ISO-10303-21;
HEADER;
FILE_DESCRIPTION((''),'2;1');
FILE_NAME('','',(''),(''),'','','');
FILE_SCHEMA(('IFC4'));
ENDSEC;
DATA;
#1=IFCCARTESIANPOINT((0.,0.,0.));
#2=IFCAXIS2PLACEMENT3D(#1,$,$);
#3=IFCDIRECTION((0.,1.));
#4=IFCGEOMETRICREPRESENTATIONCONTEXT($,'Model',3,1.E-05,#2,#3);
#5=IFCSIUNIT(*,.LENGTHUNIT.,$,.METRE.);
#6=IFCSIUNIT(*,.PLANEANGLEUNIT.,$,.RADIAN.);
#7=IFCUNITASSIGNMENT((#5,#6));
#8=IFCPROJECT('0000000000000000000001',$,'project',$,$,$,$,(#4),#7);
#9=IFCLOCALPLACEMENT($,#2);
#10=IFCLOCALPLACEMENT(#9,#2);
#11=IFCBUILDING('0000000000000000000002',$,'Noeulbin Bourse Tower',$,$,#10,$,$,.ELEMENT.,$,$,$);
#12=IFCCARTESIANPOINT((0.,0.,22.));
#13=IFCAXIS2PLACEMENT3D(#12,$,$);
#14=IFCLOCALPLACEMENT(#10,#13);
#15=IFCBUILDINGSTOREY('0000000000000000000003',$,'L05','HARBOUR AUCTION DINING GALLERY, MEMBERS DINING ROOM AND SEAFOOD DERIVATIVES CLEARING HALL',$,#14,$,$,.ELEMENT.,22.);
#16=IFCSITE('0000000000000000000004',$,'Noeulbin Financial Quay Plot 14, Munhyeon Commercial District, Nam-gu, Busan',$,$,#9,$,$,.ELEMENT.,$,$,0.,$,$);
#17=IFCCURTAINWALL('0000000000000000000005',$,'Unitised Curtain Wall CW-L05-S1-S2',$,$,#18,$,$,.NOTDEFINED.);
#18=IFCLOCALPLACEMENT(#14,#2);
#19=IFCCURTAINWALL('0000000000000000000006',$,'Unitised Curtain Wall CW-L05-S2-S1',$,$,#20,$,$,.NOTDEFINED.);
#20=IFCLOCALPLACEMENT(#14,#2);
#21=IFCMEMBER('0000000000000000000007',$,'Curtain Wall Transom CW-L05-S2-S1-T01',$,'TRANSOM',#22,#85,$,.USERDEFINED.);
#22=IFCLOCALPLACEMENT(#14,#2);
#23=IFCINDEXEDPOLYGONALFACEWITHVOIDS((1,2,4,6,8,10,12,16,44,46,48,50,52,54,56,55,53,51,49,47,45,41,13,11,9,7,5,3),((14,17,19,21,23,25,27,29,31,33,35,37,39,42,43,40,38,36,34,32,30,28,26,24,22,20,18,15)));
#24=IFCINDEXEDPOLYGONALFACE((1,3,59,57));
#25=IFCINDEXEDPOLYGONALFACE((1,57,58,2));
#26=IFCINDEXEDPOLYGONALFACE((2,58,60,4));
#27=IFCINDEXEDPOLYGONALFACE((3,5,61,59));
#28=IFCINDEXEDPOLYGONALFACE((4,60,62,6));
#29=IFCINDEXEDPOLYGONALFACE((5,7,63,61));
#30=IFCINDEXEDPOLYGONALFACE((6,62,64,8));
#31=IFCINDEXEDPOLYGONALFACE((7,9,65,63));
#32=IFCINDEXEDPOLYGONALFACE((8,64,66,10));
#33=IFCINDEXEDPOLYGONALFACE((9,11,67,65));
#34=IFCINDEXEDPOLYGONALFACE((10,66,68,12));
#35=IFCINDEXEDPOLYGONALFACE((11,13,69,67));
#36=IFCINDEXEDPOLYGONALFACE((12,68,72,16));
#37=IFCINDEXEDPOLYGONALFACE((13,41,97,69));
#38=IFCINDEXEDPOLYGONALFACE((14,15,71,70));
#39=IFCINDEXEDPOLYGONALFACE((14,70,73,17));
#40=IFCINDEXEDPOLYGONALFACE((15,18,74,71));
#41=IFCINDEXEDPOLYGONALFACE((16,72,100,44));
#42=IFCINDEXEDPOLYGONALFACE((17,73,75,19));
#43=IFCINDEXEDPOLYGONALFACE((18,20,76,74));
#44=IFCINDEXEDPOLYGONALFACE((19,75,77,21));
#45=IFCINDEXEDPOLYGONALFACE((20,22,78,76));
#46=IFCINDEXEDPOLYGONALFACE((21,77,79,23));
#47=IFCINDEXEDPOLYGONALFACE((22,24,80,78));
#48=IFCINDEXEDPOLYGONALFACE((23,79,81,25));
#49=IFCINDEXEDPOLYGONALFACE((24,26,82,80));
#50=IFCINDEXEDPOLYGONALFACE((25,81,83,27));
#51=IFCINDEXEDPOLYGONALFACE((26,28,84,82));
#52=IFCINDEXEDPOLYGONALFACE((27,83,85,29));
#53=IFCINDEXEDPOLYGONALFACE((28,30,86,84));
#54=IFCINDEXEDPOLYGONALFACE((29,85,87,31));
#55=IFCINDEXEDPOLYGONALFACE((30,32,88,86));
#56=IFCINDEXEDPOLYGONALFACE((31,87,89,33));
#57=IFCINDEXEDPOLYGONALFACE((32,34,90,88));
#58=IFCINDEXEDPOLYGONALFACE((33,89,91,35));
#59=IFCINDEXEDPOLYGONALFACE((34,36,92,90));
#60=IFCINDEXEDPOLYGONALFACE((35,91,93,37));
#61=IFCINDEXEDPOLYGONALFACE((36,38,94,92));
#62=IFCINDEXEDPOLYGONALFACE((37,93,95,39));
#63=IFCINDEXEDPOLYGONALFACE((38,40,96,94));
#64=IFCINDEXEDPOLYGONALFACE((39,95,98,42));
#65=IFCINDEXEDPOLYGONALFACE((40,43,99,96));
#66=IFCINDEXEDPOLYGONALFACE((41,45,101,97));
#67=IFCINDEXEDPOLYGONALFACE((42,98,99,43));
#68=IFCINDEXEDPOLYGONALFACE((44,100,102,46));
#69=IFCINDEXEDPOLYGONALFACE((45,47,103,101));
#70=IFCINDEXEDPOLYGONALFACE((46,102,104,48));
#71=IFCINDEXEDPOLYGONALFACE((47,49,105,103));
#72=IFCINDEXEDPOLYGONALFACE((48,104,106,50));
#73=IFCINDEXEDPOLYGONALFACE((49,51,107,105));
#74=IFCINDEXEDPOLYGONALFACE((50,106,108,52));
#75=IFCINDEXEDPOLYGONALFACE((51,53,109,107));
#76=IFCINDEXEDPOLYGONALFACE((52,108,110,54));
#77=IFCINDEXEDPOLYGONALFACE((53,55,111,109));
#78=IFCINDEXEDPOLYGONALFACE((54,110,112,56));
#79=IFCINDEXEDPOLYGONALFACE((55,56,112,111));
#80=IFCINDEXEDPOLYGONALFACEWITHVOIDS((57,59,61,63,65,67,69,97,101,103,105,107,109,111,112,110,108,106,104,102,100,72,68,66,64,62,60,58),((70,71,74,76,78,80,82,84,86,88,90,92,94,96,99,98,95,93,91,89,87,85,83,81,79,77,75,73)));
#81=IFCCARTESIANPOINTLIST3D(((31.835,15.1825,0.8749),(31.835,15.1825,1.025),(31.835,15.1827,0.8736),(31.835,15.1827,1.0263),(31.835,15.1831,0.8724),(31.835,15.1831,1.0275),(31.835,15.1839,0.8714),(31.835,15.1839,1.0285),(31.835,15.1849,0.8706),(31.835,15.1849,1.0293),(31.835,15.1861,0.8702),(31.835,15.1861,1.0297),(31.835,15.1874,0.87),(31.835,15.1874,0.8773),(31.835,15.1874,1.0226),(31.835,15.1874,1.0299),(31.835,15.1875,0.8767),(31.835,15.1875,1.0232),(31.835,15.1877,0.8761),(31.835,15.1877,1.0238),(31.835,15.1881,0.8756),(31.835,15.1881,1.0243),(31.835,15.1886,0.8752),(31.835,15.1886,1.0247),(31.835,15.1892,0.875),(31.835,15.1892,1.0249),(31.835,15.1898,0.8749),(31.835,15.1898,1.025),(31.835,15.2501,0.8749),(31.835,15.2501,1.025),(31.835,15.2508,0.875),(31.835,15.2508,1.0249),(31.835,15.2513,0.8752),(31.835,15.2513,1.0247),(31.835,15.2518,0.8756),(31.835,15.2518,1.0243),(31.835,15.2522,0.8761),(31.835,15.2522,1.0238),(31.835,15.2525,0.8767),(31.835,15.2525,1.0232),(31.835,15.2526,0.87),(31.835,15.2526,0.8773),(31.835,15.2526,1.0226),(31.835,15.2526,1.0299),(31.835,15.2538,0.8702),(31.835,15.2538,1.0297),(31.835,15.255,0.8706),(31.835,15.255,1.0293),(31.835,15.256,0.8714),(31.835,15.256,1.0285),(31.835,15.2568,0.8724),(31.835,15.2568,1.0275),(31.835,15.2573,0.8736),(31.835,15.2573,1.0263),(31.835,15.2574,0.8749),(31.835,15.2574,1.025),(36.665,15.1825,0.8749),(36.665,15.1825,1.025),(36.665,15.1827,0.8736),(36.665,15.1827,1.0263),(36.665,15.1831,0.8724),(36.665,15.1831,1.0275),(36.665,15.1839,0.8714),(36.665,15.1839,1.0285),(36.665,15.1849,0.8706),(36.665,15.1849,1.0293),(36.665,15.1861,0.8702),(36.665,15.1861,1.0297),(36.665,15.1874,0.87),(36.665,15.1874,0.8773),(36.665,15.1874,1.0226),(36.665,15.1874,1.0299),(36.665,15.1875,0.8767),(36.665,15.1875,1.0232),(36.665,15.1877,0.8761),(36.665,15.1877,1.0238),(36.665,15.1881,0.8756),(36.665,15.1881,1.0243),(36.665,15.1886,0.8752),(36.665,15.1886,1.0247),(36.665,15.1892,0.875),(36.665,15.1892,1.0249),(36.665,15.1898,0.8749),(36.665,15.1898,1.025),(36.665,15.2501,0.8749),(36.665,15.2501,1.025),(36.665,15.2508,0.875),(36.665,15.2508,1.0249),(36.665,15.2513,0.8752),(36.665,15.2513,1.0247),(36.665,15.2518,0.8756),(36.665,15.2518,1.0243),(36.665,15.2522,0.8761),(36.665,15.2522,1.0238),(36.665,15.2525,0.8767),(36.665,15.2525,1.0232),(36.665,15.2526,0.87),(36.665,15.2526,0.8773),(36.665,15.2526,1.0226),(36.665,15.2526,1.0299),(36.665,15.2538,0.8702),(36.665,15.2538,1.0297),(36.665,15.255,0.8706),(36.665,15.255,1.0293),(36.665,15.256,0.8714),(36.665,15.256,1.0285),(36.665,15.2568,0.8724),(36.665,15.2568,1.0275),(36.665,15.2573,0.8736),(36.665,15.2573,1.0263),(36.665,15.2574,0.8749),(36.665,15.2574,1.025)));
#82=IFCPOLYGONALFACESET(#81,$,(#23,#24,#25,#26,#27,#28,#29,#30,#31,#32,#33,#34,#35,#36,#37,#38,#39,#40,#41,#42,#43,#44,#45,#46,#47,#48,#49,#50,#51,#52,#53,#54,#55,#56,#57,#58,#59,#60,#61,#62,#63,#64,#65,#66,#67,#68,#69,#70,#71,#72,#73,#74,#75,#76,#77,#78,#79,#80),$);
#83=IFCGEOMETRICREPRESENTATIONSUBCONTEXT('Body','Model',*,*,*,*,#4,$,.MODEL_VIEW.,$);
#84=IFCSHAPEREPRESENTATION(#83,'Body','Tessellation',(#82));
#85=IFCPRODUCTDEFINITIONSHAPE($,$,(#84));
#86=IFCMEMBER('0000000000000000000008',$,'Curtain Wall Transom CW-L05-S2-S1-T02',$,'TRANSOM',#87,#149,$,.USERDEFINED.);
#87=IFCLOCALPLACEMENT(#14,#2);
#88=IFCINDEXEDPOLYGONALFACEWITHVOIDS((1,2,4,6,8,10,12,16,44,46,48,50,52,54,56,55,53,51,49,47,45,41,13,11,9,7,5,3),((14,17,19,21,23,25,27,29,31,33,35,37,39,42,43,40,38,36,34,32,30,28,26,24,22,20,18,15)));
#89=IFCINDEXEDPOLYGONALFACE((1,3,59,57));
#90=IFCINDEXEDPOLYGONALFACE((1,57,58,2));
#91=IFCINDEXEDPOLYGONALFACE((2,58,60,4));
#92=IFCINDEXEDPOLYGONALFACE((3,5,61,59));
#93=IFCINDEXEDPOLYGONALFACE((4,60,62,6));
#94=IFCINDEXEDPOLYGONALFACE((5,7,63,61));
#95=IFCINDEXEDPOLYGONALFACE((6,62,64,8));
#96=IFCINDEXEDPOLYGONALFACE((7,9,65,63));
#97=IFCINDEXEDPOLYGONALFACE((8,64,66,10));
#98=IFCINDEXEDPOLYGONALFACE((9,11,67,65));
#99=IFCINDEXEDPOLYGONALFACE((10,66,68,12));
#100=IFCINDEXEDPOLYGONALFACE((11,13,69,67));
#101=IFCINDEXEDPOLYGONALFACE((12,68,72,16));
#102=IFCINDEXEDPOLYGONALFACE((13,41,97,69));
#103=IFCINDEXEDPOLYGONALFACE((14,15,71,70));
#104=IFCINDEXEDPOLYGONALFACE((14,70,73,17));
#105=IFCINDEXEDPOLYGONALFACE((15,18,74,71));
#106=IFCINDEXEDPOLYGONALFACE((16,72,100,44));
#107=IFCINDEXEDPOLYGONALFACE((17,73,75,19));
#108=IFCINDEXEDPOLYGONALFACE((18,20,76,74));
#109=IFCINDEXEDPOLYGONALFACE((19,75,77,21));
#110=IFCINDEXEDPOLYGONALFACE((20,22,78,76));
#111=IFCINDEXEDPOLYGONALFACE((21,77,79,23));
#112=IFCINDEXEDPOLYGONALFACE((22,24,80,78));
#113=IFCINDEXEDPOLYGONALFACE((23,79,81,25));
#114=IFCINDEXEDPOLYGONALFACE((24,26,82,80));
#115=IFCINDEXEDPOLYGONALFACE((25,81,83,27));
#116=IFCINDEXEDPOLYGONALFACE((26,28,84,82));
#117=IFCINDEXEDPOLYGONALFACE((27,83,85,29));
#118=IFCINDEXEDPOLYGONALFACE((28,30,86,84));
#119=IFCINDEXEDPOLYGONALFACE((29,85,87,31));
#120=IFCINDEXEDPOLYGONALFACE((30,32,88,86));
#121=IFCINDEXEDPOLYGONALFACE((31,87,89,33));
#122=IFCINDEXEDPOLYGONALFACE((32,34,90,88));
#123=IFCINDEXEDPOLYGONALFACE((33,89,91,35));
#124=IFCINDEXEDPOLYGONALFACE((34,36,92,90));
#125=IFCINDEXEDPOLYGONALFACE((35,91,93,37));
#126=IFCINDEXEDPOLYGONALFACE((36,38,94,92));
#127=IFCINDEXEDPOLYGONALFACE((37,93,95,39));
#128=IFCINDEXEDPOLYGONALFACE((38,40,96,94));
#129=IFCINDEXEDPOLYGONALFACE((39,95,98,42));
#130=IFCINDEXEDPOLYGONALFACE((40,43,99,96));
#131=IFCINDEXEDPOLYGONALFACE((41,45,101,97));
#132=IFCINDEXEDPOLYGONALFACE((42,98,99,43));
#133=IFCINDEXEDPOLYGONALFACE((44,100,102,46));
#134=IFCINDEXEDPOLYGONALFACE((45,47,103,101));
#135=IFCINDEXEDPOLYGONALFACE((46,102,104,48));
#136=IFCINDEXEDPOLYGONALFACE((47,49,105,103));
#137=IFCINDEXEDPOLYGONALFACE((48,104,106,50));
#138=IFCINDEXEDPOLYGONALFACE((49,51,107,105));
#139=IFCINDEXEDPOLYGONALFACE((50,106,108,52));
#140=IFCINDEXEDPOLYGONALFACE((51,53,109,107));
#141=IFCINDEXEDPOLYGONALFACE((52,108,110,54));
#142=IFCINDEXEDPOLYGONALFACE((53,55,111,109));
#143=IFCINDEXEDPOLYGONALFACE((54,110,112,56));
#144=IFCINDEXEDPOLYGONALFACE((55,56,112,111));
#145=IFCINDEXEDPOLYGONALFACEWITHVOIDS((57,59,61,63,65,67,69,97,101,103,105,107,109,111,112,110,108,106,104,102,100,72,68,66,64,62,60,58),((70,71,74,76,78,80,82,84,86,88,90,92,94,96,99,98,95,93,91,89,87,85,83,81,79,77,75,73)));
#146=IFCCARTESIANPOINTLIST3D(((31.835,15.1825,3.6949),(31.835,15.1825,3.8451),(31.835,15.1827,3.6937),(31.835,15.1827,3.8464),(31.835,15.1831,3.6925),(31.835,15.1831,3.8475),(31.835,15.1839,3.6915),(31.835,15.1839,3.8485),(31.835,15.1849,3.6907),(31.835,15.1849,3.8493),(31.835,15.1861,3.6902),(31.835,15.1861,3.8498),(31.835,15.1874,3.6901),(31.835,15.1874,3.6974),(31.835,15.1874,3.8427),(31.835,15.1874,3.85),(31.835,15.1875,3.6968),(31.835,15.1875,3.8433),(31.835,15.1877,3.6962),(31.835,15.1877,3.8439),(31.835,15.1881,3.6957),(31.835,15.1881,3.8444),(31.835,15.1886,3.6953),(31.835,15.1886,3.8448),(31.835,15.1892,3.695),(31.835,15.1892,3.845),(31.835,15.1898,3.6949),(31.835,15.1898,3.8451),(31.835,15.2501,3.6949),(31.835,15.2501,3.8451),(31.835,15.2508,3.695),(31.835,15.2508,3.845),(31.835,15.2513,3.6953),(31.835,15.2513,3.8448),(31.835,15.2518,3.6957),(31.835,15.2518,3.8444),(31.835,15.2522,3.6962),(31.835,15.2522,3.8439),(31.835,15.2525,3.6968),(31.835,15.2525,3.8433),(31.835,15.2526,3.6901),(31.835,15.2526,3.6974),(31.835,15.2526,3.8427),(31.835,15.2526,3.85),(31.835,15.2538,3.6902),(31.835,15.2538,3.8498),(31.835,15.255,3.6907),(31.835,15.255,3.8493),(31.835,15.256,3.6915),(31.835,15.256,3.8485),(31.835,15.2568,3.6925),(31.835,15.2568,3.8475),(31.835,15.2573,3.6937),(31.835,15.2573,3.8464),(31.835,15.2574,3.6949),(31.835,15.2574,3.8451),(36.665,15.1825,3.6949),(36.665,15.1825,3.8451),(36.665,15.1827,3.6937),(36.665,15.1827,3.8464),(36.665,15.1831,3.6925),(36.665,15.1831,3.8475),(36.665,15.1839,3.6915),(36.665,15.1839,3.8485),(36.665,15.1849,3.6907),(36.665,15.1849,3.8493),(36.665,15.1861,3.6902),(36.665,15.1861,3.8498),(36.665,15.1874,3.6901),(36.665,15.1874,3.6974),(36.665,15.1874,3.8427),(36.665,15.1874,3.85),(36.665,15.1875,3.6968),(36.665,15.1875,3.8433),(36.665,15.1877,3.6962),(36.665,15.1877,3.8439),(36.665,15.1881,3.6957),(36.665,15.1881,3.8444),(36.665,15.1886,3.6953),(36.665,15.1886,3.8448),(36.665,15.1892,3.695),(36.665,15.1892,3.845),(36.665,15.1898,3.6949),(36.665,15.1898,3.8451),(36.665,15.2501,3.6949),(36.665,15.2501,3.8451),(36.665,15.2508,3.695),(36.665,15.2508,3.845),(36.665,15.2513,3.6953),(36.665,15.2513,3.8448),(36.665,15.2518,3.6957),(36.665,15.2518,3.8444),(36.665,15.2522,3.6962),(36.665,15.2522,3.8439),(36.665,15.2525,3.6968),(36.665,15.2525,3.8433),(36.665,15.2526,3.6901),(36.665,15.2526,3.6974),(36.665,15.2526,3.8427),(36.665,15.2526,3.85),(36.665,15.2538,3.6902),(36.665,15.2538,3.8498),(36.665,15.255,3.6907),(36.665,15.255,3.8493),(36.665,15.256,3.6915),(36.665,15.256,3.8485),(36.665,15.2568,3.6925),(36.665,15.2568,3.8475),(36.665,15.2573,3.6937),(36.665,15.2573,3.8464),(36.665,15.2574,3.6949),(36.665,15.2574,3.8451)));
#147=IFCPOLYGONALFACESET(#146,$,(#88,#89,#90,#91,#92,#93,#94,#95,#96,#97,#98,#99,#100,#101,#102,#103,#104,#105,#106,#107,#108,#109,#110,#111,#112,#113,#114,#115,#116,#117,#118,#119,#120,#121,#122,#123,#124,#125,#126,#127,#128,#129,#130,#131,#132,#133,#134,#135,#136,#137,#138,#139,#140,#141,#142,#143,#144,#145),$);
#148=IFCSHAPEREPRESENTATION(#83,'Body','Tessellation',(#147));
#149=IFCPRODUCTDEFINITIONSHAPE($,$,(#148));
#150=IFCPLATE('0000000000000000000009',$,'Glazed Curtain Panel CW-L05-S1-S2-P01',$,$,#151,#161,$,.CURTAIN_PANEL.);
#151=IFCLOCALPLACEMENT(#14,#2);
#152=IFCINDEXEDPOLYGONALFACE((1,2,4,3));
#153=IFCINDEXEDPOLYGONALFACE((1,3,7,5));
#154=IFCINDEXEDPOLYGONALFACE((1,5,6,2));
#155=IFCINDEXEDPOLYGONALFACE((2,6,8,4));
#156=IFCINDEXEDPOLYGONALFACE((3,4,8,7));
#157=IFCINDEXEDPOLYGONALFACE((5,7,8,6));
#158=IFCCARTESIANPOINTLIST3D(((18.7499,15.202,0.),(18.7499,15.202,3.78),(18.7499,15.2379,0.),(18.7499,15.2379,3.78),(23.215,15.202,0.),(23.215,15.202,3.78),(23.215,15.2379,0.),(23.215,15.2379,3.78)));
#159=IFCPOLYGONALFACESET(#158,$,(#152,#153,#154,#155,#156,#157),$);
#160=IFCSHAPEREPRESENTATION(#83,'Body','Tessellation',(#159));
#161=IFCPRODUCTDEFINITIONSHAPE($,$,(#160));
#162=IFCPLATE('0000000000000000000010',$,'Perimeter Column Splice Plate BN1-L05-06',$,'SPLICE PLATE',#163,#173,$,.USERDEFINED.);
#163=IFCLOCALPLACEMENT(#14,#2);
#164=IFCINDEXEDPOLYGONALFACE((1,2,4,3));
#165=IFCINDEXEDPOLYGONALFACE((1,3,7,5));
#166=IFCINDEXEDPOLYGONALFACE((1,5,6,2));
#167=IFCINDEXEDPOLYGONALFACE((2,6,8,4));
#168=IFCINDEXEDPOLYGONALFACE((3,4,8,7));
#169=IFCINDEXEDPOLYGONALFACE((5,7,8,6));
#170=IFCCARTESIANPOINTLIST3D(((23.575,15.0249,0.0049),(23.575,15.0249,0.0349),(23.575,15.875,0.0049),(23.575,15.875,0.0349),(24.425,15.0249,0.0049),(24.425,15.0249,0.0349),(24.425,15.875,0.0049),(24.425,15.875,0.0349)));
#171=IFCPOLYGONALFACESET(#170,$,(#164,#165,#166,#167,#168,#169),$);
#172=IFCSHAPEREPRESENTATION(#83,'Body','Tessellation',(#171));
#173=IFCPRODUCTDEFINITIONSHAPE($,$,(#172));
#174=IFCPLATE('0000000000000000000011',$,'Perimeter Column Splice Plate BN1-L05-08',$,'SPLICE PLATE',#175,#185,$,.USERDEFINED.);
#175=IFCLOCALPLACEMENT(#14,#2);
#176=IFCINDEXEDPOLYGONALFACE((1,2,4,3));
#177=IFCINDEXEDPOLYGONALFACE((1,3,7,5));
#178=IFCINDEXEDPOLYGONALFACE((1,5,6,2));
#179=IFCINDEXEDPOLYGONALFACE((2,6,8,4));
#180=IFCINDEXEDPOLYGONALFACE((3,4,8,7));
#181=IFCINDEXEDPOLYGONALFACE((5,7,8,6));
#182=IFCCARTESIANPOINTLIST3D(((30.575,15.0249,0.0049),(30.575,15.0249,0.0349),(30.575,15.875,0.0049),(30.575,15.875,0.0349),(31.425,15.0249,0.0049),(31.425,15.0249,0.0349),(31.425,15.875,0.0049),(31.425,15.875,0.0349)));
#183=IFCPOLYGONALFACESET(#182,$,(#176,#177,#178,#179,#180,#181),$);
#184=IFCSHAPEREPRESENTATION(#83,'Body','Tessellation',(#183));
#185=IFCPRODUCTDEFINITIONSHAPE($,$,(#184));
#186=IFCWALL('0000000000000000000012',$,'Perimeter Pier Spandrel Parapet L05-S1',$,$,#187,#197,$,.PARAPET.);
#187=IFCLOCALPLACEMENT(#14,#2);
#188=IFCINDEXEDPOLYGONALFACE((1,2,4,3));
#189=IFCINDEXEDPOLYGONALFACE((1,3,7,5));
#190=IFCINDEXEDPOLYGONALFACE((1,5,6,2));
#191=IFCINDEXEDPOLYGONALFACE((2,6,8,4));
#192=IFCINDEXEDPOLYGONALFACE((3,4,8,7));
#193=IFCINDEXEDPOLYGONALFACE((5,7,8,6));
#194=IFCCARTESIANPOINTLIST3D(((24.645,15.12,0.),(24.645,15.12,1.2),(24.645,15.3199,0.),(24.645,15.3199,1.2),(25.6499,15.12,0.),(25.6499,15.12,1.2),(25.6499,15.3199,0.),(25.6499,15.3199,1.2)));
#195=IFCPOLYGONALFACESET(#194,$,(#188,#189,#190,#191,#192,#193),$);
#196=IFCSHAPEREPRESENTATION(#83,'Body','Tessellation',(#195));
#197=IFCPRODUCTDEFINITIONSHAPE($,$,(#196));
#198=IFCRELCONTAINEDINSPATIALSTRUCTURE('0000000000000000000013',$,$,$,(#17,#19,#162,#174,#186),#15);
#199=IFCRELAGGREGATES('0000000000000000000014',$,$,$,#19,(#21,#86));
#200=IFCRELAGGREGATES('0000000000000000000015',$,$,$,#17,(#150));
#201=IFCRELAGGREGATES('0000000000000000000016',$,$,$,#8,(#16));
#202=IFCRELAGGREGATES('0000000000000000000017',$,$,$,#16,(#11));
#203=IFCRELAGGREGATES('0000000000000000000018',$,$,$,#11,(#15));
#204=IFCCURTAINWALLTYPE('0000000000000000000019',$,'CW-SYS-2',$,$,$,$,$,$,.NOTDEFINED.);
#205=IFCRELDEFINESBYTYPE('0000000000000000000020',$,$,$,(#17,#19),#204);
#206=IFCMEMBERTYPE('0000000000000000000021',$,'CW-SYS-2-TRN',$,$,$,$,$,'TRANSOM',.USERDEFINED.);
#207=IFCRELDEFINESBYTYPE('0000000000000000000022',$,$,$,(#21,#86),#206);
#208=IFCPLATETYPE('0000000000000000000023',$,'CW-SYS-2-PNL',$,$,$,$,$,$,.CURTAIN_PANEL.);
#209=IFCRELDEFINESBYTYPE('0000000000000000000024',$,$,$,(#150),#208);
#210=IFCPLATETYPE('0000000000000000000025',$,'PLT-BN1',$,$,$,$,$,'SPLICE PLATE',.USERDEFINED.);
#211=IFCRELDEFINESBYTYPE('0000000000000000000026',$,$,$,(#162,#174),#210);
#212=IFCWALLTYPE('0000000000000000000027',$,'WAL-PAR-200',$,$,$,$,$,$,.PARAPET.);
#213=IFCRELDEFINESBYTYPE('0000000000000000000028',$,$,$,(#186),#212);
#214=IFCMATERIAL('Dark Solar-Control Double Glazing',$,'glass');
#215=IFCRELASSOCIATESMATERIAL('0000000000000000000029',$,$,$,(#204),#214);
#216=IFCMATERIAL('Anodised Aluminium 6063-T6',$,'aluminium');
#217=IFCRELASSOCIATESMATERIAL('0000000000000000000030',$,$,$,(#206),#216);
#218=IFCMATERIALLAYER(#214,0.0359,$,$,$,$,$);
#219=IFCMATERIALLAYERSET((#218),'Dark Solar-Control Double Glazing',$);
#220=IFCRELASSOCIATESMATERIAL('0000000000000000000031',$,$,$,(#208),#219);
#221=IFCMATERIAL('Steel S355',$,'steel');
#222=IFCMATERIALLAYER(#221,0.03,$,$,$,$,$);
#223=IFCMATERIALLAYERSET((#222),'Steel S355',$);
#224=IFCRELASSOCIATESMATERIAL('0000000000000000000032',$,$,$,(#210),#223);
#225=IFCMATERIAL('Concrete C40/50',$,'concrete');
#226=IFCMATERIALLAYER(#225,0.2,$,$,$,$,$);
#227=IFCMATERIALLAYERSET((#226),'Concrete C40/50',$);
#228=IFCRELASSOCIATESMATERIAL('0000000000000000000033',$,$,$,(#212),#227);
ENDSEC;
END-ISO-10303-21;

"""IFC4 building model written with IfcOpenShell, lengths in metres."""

from ifc_helpers import new_model, si_unit, direction, frame, frame_2d, origin, origin_2d, place, context, subcontext, project, spatial, rectangle, hollow_rectangle, extrude, material, layer, layer_set, material_profile, profile_set, type_object, element, aggregate, save


model = new_model("IFC4")

# Units and contexts
model_context = context("Model", 3, precision=1e-05, world=origin(), true_north=direction((0.0, 1.0)))
body_context = subcontext(model_context, "Body", "Model", "MODEL_VIEW")
ifc_project = project(units=[si_unit("LENGTHUNIT", "METRE"), si_unit("PLANEANGLEUNIT", "RADIAN")], contexts=[model_context])

# Site, building, storey
site_placement = place(None, origin())
site = spatial("IfcSite", under=ifc_project, at=site_placement, Name="Noeulbin Financial Quay Plot 14, Munhyeon Commercial District, Nam-gu, Busan", CompositionType="ELEMENT", RefElevation=0.0)
building_placement = place(site_placement, origin())
building = spatial("IfcBuilding", under=site, at=building_placement, Name="Noeulbin Bourse Tower", CompositionType="ELEMENT")
storey_placement = place(building_placement, frame((0.0, 0.0, 22.0)))
storey = spatial("IfcBuildingStorey", under=building, at=storey_placement, Name="L05", Description="HARBOUR AUCTION DINING GALLERY, MEMBERS DINING ROOM AND SEAFOOD DERIVATIVES CLEARING HALL", CompositionType="ELEMENT", Elevation=22.0)

# Shared definitions
ifc_material_1 = material(Name="Steel S355", Category="steel")

# Curtain walls, members
ifc_material_2 = material(Name="Dark Solar-Control Double Glazing", Category="glass")
curtain_wall_type = type_object("IfcCurtainWallType", Name="CW-SYS-2", PredefinedType="NOTDEFINED", material=ifc_material_2)
curtain_wall_1_placement = place(storey_placement, origin())
curtain_wall_1 = element("IfcCurtainWall", 1, at=curtain_wall_1_placement, inside=storey, type_object=curtain_wall_type, Name="Unitised Curtain Wall CW-L05-S1-S2", PredefinedType="NOTDEFINED")
ifc_material_3 = material(Name="Anodised Aluminium 6063-T6", Category="aluminium")
curtain_wall_2_placement = place(storey_placement, origin())
curtain_wall_2 = element("IfcCurtainWall", 2, at=curtain_wall_2_placement, inside=storey, type_object=curtain_wall_type, Name="Unitised Curtain Wall CW-L05-S2-S1", PredefinedType="NOTDEFINED")
ifc_material_profile_1 = material_profile(ifc_material_3, hollow_rectangle(XDim=0.075, YDim=0.1599, WallThickness=0.0049, InnerFilletRadius=0.0024, OuterFilletRadius=0.0049, at=origin_2d()), Name="ALU-TRAN-75x160x5", Category="LoadBearing")
ifc_profile_set_1 = profile_set([ifc_material_profile_1], Name="Anodised Aluminium 6063-T6")
member_type_1 = type_object("IfcMemberType", Name="CW-SYS-2-TRN", ElementType="TRANSOM", PredefinedType="USERDEFINED", material=ifc_profile_set_1)
member_1_placement = place(storey_placement, frame((31.835, 15.22, 0.95), z_axis=(1.0, 0.0, 0.0), x_axis=(0.0, 1.0, 0.0)))
member_1 = element("IfcMember", 3, at=member_1_placement, type_object=member_type_1, Name="Curtain Wall Transom CW-L05-S2-S1-T01", ObjectType="TRANSOM", PredefinedType="USERDEFINED", context=body_context, shape_type="SweptSolid", body=[
    extrude(hollow_rectangle(XDim=0.075, YDim=0.1599, WallThickness=0.0049, InnerFilletRadius=0.0024, OuterFilletRadius=0.0049, at=origin_2d()), origin(), (0.0, 0.0, 1.0), 4.8301),
])
member_2_placement = place(storey_placement, frame((31.835, 15.22, 3.77), z_axis=(1.0, 0.0, 0.0), x_axis=(0.0, 1.0, 0.0)))
member_2 = element("IfcMember", 4, at=member_2_placement, type_object=member_type_1, Name="Curtain Wall Transom CW-L05-S2-S1-T02", ObjectType="TRANSOM", PredefinedType="USERDEFINED", context=body_context, shape_type="SweptSolid", body=[
    extrude(hollow_rectangle(XDim=0.075, YDim=0.1599, WallThickness=0.0049, InnerFilletRadius=0.0024, OuterFilletRadius=0.0049, at=origin_2d()), origin(), (0.0, 0.0, 1.0), 4.8301),
])
aggregate(curtain_wall_2, [member_1, member_2])

# Plate
ifc_layer_1 = layer(ifc_material_2, 0.0359)
ifc_layer_set_1 = layer_set([ifc_layer_1], Name="Dark Solar-Control Double Glazing")
plate_type_1 = type_object("IfcPlateType", Name="CW-SYS-2-PNL", PredefinedType="CURTAIN_PANEL", material=ifc_layer_set_1)
plate_placement = place(storey_placement, frame((20.9824, 15.22, 0.0), z_axis=(0.0, 0.0, 1.0), x_axis=(1.0, 0.0, 0.0)))
plate = element("IfcPlate", 5, at=plate_placement, type_object=plate_type_1, Name="Glazed Curtain Panel CW-L05-S1-S2-P01", PredefinedType="CURTAIN_PANEL", context=body_context, shape_type="SweptSolid", body=[
    extrude(rectangle(XDim=4.4651, YDim=0.0359, at=origin_2d()), origin(), (0.0, 0.0, 1.0), 3.78),
])
aggregate(curtain_wall_1, [plate])

# Plates
ifc_layer_2 = layer(ifc_material_1, 0.03)
ifc_layer_set_2 = layer_set([ifc_layer_2], Name="Steel S355")
plate_type_2 = type_object("IfcPlateType", Name="PLT-BN1", ElementType="SPLICE PLATE", PredefinedType="USERDEFINED", material=ifc_layer_set_2)
for number, where, z_axis, x_axis, name in (
    (6, (24.0, 15.45, 0.0049), (0.0, 0.0, 1.0), (1.0, 0.0, 0.0), "Perimeter Column Splice Plate BN1-L05-06"),
    (7, (31.0, 15.45, 0.0049), (0.0, 0.0, 1.0), (1.0, 0.0, 0.0), "Perimeter Column Splice Plate BN1-L05-08"),
):
    element("IfcPlate", number, at=place(storey_placement, frame(where, z_axis=z_axis, x_axis=x_axis)), inside=storey, type_object=plate_type_2, Name=name, ObjectType="SPLICE PLATE", PredefinedType="USERDEFINED", context=body_context, shape_type="SweptSolid", body=[
        extrude(rectangle(XDim=0.8501, YDim=0.8501, at=origin_2d()), origin(), (0.0, 0.0, 1.0), 0.03),
    ])

# Wall
ifc_material_4 = material(Name="Concrete C40/50", Category="concrete")
ifc_layer_3 = layer(ifc_material_4, 0.2)
ifc_layer_set_3 = layer_set([ifc_layer_3], Name="Concrete C40/50")
wall_type_1 = type_object("IfcWallType", Name="WAL-PAR-200", PredefinedType="PARAPET", material=ifc_layer_set_3)
for number, where, z_axis, x_axis, name in (
    (8, (24.645, 15.22, 0.0), (0.0, 0.0, 1.0), (1.0, 0.0, 0.0), "Perimeter Pier Spandrel Parapet L05-S1"),
):
    element("IfcWall", number, at=place(storey_placement, frame(where, z_axis=z_axis, x_axis=x_axis)), inside=storey, type_object=wall_type_1, Name=name, PredefinedType="PARAPET", context=body_context, shape_type="SweptSolid", body=[
        extrude(rectangle(XDim=1.0049, YDim=0.2, at=frame_2d((0.5024, 0.0))), origin(), (0.0, 0.0, 1.0), 1.2),
    ])

save(model, "model.ifc")
